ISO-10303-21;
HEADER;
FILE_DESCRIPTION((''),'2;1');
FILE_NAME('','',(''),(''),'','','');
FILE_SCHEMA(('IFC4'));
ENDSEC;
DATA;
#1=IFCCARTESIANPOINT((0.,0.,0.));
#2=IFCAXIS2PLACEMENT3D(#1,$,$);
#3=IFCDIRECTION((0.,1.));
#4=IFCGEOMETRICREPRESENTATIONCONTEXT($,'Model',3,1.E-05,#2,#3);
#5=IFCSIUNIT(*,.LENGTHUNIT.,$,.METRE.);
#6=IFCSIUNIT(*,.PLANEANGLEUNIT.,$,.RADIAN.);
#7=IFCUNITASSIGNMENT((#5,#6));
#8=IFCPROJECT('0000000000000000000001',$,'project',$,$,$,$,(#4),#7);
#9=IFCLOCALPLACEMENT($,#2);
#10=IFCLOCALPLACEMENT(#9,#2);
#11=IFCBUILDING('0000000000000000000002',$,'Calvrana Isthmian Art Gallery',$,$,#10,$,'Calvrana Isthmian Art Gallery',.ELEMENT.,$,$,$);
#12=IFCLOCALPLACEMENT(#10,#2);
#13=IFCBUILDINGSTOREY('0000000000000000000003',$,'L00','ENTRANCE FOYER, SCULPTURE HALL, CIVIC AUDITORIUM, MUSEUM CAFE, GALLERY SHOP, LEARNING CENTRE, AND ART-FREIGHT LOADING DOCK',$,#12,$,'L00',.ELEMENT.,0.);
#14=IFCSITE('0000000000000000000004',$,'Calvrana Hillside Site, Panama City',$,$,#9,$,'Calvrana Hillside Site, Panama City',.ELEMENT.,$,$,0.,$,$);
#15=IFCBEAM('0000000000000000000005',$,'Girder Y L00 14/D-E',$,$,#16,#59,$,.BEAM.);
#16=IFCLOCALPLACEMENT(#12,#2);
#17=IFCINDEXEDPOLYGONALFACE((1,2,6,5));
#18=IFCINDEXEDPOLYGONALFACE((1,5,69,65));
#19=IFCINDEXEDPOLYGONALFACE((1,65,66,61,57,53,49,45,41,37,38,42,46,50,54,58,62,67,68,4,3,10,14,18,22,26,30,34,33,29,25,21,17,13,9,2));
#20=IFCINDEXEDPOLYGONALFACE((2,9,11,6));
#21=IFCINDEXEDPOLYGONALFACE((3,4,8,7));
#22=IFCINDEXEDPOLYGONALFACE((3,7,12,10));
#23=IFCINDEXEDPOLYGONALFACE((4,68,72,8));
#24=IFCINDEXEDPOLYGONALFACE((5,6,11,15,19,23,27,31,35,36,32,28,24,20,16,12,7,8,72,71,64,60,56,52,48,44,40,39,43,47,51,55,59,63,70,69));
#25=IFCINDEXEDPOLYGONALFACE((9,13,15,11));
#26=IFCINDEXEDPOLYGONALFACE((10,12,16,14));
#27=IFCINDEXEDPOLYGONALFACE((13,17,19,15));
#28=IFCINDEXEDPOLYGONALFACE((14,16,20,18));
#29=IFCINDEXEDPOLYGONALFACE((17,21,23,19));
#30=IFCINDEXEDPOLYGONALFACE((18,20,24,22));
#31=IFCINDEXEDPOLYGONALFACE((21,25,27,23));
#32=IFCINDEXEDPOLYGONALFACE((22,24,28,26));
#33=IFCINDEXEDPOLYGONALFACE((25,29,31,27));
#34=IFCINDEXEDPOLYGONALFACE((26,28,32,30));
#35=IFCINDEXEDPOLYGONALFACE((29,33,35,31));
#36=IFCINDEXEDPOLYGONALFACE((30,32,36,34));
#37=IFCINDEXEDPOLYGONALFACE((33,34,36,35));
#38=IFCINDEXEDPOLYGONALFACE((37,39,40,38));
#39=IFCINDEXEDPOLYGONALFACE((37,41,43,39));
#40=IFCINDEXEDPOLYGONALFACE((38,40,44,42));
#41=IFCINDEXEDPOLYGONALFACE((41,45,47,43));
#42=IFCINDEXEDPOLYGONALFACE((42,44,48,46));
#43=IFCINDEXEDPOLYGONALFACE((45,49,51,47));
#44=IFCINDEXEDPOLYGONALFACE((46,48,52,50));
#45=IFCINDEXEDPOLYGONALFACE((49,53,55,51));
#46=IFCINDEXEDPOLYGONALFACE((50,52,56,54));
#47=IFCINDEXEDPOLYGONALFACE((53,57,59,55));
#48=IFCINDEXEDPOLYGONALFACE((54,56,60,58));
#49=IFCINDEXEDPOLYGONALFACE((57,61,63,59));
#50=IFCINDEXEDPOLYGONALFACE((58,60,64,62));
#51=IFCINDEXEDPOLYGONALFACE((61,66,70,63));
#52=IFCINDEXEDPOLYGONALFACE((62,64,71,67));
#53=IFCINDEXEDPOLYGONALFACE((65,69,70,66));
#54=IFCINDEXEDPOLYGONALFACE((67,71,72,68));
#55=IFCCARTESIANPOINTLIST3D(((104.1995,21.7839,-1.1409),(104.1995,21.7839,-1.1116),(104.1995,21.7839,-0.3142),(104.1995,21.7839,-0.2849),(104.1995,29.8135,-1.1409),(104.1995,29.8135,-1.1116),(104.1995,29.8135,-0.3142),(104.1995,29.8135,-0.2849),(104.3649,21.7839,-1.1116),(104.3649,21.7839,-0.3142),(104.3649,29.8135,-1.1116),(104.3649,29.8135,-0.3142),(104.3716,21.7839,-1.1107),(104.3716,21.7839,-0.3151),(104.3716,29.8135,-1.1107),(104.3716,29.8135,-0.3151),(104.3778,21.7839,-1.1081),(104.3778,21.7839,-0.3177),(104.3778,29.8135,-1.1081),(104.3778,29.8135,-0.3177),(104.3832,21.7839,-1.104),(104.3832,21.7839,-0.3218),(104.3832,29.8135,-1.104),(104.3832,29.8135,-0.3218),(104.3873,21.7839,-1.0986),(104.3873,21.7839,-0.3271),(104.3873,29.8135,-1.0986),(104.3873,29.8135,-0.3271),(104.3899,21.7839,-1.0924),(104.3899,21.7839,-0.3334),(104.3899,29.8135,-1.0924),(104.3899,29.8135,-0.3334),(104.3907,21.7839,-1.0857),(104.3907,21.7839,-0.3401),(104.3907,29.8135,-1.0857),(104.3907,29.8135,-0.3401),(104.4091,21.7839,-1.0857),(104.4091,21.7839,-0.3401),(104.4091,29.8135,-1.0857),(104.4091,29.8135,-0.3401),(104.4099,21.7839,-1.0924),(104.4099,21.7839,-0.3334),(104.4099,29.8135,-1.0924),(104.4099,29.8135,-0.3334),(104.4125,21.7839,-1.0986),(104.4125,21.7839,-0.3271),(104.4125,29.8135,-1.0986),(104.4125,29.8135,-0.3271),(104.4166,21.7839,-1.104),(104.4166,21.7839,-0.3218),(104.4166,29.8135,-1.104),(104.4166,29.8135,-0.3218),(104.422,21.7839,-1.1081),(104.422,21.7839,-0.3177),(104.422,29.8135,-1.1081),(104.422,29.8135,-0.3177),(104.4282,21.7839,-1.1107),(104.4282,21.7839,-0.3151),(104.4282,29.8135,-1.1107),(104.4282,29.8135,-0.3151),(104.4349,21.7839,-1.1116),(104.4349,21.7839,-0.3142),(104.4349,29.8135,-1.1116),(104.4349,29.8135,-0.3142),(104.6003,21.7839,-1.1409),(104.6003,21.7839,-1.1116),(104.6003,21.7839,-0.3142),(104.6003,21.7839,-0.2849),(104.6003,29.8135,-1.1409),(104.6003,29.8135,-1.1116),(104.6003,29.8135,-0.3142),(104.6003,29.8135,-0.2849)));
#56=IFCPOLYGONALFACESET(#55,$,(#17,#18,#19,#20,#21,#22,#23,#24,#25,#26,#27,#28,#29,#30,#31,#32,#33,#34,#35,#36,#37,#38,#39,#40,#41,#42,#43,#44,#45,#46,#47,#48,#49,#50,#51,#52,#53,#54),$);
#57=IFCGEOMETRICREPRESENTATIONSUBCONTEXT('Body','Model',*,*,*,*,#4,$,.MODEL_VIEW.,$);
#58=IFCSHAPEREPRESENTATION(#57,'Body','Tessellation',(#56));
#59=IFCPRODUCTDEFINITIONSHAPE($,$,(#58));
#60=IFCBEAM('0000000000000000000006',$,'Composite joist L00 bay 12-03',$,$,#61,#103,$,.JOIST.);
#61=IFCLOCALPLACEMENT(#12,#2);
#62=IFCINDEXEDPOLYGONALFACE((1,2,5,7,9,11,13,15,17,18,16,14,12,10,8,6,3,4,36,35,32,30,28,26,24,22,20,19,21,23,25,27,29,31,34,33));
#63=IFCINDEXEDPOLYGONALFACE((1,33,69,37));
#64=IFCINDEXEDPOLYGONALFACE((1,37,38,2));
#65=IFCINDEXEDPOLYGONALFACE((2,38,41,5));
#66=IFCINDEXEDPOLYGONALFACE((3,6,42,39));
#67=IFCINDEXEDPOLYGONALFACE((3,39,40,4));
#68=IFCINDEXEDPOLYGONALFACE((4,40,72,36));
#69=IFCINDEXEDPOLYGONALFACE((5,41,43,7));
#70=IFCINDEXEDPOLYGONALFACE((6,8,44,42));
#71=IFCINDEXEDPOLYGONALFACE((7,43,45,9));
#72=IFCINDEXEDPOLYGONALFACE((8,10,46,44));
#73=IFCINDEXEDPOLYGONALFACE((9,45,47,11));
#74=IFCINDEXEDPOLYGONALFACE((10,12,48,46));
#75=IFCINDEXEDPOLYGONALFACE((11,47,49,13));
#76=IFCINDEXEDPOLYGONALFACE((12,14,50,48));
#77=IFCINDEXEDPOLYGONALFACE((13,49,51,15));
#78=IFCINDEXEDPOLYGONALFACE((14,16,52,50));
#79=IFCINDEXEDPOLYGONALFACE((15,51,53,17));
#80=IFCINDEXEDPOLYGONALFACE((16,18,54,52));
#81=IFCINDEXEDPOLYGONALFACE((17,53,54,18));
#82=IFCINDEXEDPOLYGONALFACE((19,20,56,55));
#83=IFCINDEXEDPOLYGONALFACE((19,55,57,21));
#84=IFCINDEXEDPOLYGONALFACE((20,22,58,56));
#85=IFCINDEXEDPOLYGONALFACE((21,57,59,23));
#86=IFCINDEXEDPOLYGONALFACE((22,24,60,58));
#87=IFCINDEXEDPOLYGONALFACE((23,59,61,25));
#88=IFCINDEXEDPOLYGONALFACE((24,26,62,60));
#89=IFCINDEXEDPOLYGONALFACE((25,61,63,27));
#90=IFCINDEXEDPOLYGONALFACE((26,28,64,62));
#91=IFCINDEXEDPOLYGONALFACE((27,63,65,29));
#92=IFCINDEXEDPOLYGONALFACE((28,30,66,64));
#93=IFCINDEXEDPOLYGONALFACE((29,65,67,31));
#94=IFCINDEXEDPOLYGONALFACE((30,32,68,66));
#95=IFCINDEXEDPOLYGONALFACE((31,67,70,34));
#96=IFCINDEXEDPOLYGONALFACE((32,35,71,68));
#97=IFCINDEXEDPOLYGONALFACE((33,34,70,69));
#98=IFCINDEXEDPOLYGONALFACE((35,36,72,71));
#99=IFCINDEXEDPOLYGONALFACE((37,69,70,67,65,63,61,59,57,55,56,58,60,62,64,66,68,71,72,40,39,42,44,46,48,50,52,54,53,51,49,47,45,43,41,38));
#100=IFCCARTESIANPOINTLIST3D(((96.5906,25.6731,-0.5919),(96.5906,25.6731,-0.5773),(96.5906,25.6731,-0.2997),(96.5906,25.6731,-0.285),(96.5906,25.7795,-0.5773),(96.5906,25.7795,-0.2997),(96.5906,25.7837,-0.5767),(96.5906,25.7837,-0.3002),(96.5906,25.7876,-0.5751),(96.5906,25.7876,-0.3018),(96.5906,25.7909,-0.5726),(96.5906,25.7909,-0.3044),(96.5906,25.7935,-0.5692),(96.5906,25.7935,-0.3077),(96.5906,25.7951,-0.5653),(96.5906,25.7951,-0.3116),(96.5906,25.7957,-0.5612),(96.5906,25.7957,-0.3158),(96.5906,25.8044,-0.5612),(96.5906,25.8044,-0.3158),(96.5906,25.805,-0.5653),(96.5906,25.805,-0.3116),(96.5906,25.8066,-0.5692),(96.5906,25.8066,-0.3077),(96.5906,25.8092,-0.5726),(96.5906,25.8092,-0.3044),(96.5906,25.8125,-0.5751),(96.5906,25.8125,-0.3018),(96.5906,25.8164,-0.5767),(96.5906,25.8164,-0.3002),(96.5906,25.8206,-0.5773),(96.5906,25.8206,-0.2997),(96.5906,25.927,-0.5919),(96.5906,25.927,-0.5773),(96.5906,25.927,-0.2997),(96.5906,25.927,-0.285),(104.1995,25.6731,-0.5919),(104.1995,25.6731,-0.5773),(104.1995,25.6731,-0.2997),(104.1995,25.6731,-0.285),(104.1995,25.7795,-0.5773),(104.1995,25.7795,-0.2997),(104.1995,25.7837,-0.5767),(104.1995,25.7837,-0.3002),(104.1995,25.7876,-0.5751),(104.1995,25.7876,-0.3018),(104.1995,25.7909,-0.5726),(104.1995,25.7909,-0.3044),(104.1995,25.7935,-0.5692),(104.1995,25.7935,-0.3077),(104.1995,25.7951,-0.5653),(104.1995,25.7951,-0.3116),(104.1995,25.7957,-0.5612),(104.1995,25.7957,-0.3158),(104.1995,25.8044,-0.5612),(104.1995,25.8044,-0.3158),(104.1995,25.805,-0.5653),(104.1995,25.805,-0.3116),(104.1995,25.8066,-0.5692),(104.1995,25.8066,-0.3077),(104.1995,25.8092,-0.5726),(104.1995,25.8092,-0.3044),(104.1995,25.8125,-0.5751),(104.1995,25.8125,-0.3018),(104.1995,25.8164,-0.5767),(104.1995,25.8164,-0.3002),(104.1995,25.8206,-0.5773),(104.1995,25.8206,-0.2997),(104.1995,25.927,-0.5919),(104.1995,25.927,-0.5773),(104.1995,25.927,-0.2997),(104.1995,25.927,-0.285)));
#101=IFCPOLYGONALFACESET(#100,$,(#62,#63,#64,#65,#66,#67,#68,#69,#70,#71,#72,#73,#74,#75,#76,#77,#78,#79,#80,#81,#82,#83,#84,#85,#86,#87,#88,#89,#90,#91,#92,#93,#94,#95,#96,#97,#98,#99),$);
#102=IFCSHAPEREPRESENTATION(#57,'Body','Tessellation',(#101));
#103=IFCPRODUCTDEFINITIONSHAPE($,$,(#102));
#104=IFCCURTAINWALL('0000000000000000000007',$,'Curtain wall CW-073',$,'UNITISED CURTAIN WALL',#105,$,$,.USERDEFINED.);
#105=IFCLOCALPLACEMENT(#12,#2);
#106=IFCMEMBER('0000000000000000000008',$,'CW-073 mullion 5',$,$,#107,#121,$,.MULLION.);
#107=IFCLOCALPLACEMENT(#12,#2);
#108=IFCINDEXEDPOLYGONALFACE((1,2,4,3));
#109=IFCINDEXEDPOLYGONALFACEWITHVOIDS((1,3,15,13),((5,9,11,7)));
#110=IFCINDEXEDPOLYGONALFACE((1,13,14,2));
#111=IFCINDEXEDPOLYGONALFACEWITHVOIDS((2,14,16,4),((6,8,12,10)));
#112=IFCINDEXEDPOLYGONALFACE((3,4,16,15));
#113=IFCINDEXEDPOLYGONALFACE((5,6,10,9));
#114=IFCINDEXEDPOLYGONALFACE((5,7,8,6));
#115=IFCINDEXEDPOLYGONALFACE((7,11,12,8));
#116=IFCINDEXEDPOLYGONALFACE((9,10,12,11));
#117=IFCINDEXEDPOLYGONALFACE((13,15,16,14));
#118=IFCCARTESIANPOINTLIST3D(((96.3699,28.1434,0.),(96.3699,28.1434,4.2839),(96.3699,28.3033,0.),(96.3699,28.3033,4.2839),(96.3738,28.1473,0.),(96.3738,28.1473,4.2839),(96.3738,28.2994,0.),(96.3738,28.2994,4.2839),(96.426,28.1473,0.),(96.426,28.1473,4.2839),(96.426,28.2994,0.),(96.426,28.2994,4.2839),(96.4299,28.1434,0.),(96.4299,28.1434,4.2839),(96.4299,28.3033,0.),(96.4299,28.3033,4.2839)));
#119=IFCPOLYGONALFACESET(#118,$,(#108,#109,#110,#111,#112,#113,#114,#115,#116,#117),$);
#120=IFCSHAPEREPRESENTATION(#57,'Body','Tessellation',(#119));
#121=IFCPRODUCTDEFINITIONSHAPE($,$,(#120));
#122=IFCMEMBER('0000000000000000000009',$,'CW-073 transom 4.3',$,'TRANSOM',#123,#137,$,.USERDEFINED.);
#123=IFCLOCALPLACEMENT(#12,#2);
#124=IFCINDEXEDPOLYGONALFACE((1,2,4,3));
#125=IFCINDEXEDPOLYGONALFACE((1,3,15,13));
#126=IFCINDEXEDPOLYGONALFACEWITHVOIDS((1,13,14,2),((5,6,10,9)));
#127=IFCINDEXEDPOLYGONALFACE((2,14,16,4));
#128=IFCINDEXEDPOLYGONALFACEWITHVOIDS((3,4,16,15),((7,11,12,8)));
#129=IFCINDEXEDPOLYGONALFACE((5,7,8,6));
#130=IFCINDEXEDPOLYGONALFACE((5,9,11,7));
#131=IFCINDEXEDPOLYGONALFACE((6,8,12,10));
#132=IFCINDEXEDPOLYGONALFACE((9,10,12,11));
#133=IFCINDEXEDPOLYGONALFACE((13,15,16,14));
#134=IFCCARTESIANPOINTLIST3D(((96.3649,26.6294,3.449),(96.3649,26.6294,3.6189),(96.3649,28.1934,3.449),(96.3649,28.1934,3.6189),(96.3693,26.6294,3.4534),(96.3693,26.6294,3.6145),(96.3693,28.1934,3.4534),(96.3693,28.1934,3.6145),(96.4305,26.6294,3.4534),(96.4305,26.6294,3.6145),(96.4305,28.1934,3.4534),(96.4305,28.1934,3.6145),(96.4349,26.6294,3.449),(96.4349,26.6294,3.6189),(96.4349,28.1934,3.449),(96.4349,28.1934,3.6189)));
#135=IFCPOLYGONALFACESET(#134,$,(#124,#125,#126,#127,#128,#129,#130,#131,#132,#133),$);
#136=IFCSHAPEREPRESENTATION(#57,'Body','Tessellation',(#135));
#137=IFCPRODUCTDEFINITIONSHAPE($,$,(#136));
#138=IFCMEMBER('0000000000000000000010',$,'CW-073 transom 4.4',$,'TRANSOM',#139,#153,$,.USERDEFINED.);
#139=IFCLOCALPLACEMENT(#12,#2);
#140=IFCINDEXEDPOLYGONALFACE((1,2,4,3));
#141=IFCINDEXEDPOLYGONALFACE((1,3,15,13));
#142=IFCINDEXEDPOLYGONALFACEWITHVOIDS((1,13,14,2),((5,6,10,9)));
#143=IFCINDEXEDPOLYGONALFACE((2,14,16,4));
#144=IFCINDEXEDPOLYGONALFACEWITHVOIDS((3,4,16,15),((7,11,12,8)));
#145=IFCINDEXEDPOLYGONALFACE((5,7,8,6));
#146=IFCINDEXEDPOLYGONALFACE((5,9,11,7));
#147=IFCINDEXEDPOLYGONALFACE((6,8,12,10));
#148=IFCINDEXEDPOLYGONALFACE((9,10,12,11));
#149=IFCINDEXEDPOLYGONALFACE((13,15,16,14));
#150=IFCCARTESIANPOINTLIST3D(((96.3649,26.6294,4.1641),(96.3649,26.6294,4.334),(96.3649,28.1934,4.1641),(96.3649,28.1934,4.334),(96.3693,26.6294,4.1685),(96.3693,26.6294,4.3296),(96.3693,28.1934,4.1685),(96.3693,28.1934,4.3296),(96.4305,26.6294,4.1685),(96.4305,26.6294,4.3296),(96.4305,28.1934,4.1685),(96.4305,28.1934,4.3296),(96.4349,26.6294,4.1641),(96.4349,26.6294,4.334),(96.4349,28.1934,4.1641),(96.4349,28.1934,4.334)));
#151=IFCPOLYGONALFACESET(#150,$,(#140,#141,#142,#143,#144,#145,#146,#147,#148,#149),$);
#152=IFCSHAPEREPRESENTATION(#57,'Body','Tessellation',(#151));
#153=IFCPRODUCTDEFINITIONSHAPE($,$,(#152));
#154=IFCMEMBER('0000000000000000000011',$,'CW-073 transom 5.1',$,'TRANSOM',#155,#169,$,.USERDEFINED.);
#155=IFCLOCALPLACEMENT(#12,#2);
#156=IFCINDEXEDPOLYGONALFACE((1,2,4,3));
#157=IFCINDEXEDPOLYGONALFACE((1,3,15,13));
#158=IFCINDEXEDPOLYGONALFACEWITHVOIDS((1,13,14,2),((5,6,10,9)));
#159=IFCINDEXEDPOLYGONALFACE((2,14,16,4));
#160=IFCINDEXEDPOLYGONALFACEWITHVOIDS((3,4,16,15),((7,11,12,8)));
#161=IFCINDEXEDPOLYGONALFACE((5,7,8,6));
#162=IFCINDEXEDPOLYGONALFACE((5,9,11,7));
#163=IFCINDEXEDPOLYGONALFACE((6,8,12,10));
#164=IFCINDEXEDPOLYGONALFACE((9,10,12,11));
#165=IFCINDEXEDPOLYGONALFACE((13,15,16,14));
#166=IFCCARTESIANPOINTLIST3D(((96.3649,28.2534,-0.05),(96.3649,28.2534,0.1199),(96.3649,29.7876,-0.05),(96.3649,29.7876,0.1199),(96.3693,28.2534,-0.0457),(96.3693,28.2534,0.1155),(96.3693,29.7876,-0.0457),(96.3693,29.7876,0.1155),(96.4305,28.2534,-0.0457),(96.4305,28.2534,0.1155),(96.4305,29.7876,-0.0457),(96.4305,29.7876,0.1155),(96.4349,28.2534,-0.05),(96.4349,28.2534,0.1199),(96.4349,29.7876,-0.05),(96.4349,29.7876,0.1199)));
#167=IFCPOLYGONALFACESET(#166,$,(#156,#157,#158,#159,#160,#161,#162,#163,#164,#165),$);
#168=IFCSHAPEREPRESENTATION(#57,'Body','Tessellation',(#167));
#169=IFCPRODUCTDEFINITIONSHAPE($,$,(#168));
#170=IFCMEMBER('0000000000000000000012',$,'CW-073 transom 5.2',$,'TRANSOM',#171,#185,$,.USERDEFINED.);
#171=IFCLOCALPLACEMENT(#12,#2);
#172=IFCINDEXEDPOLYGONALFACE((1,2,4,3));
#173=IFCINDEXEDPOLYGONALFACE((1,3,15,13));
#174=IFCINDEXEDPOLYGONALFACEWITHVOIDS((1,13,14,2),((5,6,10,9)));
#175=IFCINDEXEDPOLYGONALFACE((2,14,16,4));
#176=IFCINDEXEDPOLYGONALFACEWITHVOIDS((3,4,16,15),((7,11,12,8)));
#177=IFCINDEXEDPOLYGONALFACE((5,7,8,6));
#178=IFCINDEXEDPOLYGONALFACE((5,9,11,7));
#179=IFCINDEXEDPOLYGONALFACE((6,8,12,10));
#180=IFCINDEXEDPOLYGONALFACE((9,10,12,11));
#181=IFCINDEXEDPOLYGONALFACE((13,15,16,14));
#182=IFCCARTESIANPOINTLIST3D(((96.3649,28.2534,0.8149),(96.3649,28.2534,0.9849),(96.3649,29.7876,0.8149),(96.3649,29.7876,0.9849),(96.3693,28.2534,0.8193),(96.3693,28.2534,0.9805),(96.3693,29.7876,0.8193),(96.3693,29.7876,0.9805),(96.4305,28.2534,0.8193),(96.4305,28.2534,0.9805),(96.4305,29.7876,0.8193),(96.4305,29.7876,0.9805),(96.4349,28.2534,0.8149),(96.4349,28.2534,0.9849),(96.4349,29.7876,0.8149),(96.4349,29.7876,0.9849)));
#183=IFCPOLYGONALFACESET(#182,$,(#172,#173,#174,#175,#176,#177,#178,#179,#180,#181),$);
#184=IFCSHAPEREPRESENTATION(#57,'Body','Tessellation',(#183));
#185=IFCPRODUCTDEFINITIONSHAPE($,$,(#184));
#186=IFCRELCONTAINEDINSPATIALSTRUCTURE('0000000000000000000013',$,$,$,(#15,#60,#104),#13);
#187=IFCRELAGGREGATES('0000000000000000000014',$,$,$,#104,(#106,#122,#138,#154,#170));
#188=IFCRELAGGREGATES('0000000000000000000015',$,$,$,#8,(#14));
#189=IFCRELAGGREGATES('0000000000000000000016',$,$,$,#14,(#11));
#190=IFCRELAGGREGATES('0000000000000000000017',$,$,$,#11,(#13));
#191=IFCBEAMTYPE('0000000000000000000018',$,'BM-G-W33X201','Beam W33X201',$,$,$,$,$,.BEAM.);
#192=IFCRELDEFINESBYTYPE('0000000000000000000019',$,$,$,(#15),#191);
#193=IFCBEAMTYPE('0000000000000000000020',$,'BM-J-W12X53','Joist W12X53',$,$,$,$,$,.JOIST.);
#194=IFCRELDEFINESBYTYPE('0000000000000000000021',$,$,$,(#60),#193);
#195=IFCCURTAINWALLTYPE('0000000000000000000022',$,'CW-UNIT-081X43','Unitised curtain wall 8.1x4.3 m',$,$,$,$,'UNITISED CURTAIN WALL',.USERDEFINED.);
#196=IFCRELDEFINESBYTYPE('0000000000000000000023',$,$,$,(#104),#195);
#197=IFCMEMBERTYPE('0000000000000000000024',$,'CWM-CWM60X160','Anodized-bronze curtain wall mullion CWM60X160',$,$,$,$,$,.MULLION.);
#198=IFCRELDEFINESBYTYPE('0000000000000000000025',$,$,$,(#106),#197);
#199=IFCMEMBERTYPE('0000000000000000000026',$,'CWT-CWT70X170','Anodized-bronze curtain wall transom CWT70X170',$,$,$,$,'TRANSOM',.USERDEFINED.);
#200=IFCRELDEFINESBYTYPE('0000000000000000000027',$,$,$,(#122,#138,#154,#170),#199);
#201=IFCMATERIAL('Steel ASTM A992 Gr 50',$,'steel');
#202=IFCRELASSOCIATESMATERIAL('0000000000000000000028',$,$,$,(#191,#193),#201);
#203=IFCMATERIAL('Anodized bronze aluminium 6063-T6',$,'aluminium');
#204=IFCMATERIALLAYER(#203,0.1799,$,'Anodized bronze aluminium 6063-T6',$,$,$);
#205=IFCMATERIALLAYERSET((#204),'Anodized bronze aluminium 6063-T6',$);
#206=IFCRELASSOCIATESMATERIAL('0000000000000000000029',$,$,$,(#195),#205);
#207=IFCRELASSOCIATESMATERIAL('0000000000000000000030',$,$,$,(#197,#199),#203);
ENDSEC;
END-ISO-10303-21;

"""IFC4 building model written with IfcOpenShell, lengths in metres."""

from ifc_helpers import new_model, si_unit, direction, frame, origin, origin_2d, place, context, subcontext, project, spatial, hollow_rectangle, i_section, extrude, material, layer, layer_set, material_profile, profile_set, type_object, element, aggregate, save


model = new_model("IFC4")

# Units and contexts
model_context = context("Model", 3, precision=1e-05, world=origin(), true_north=direction((0.0, 1.0)))
body_context = subcontext(model_context, "Body", "Model", "MODEL_VIEW")
ifc_project = project(units=[si_unit("LENGTHUNIT", "METRE"), si_unit("PLANEANGLEUNIT", "RADIAN")], contexts=[model_context])

# Site, building, storey
site_placement = place(None, origin())
site = spatial("IfcSite", under=ifc_project, at=site_placement, Name="Calvrana Hillside Site, Panama City", LongName="Calvrana Hillside Site, Panama City", CompositionType="ELEMENT", RefElevation=0.0)
building_placement = place(site_placement, origin())
building = spatial("IfcBuilding", under=site, at=building_placement, Name="Calvrana Isthmian Art Gallery", LongName="Calvrana Isthmian Art Gallery", CompositionType="ELEMENT")
storey_placement = place(building_placement, origin())
storey = spatial("IfcBuildingStorey", under=building, at=storey_placement, Name="L00", Description="ENTRANCE FOYER, SCULPTURE HALL, CIVIC AUDITORIUM, MUSEUM CAFE, GALLERY SHOP, LEARNING CENTRE, AND ART-FREIGHT LOADING DOCK", LongName="L00", CompositionType="ELEMENT", Elevation=0.0)

# Beams
ifc_material_1 = material(Name="Steel ASTM A992 Gr 50", Category="steel")
ifc_material_profile_1 = material_profile(ifc_material_1, i_section(OverallWidth=0.4009, OverallDepth=0.856, WebThickness=0.0183, FlangeThickness=0.0293, FilletRadius=0.0259, at=origin_2d()), Name="W33X201")
ifc_profile_set_1 = profile_set([ifc_material_profile_1], Name="Steel ASTM A992 Gr 50")
beam_type_1 = type_object("IfcBeamType", Name="BM-G-W33X201", Description="Beam W33X201", PredefinedType="BEAM", material=ifc_profile_set_1)
beam_1_placement = place(storey_placement, frame((104.3999, 21.7839, -0.7129), z_axis=(0.0, 1.0, 0.0), x_axis=(-1.0, 0.0, 0.0)))
element("IfcBeam", 1, at=beam_1_placement, inside=storey, type_object=beam_type_1, Name="Girder Y L00 14/D-E", PredefinedType="BEAM", context=body_context, shape_type="SweptSolid", body=[
    extrude(i_section(OverallWidth=0.4009, OverallDepth=0.856, WebThickness=0.0183, FlangeThickness=0.0293, FilletRadius=0.0259, at=origin_2d()), origin(), (0.0, 0.0, 1.0), 8.0295),
])
ifc_material_profile_2 = material_profile(ifc_material_1, i_section(OverallWidth=0.2539, OverallDepth=0.3069, WebThickness=0.0088, FlangeThickness=0.0146, FilletRadius=0.0161, at=origin_2d()), Name="W12X53")
ifc_profile_set_2 = profile_set([ifc_material_profile_2], Name="Steel ASTM A992 Gr 50")
beam_type_2 = type_object("IfcBeamType", Name="BM-J-W12X53", Description="Joist W12X53", PredefinedType="JOIST", material=ifc_profile_set_2)
beam_2_placement = place(storey_placement, frame((96.5906, 25.8, -0.4385), z_axis=(1.0, 0.0, 0.0), x_axis=(0.0, 1.0, 0.0)))
element("IfcBeam", 2, at=beam_2_placement, inside=storey, type_object=beam_type_2, Name="Composite joist L00 bay 12-03", PredefinedType="JOIST", context=body_context, shape_type="SweptSolid", body=[
    extrude(i_section(OverallWidth=0.2539, OverallDepth=0.3069, WebThickness=0.0088, FlangeThickness=0.0146, FilletRadius=0.0161, at=origin_2d()), origin(), (0.0, 0.0, 1.0), 7.6089),
])

# Curtain wall, members
ifc_material_2 = material(Name="Anodized bronze aluminium 6063-T6", Category="aluminium")
ifc_layer_1 = layer(ifc_material_2, 0.1799, Name="Anodized bronze aluminium 6063-T6")
ifc_layer_set_1 = layer_set([ifc_layer_1], Name="Anodized bronze aluminium 6063-T6")
curtain_wall_type = type_object("IfcCurtainWallType", Name="CW-UNIT-081X43", Description="Unitised curtain wall 8.1x4.3 m", ElementType="UNITISED CURTAIN WALL", PredefinedType="USERDEFINED", material=ifc_layer_set_1)
curtain_wall_placement = place(storey_placement, origin())
curtain_wall = element("IfcCurtainWall", 3, at=curtain_wall_placement, inside=storey, type_object=curtain_wall_type, Name="Curtain wall CW-073", ObjectType="UNITISED CURTAIN WALL", PredefinedType="USERDEFINED")
ifc_material_profile_3 = material_profile(ifc_material_2, hollow_rectangle(XDim=0.0601, YDim=0.1599, WallThickness=0.0039, at=origin_2d()), Name="CWM60X160")
ifc_profile_set_3 = profile_set([ifc_material_profile_3], Name="Anodized bronze aluminium 6063-T6")
member_type_1 = type_object("IfcMemberType", Name="CWM-CWM60X160", Description="Anodized-bronze curtain wall mullion CWM60X160", PredefinedType="MULLION", material=ifc_profile_set_3)
member_1_placement = place(storey_placement, frame((96.3999, 28.2234, 0.0), z_axis=(0.0, 0.0, 1.0), x_axis=(-1.0, 0.0, 0.0)))
member_1 = element("IfcMember", 4, at=member_1_placement, type_object=member_type_1, Name="CW-073 mullion 5", PredefinedType="MULLION", context=body_context, shape_type="SweptSolid", body=[
    extrude(hollow_rectangle(XDim=0.0601, YDim=0.1599, WallThickness=0.0039, at=origin_2d()), origin(), (0.0, 0.0, 1.0), 4.2839),
])
ifc_material_profile_4 = material_profile(ifc_material_2, hollow_rectangle(XDim=0.0701, YDim=0.1699, WallThickness=0.0044, at=origin_2d()), Name="CWT70X170")
ifc_profile_set_4 = profile_set([ifc_material_profile_4], Name="Anodized bronze aluminium 6063-T6")
member_type_2 = type_object("IfcMemberType", Name="CWT-CWT70X170", Description="Anodized-bronze curtain wall transom CWT70X170", ElementType="TRANSOM", PredefinedType="USERDEFINED", material=ifc_profile_set_4)
member_2_placement = place(storey_placement, frame((96.3999, 26.6294, 3.5339), z_axis=(0.0, 1.0, 0.0), x_axis=(-1.0, 0.0, 0.0)))
member_2 = element("IfcMember", 5, at=member_2_placement, type_object=member_type_2, Name="CW-073 transom 4.3", ObjectType="TRANSOM", PredefinedType="USERDEFINED", context=body_context, shape_type="SweptSolid", body=[
    extrude(hollow_rectangle(XDim=0.0701, YDim=0.1699, WallThickness=0.0044, at=origin_2d()), origin(), (0.0, 0.0, 1.0), 1.564),
])
member_3_placement = place(storey_placement, frame((96.3999, 26.6294, 4.249), z_axis=(0.0, 1.0, 0.0), x_axis=(-1.0, 0.0, 0.0)))
member_3 = element("IfcMember", 6, at=member_3_placement, type_object=member_type_2, Name="CW-073 transom 4.4", ObjectType="TRANSOM", PredefinedType="USERDEFINED", context=body_context, shape_type="SweptSolid", body=[
    extrude(hollow_rectangle(XDim=0.0701, YDim=0.1699, WallThickness=0.0044, at=origin_2d()), origin(), (0.0, 0.0, 1.0), 1.564),
])
member_4_placement = place(storey_placement, frame((96.3999, 28.2534, 0.0349), z_axis=(0.0, 1.0, 0.0), x_axis=(-1.0, 0.0, 0.0)))
member_4 = element("IfcMember", 7, at=member_4_placement, type_object=member_type_2, Name="CW-073 transom 5.1", ObjectType="TRANSOM", PredefinedType="USERDEFINED", context=body_context, shape_type="SweptSolid", body=[
    extrude(hollow_rectangle(XDim=0.0701, YDim=0.1699, WallThickness=0.0044, at=origin_2d()), origin(), (0.0, 0.0, 1.0), 1.5342),
])
member_5_placement = place(storey_placement, frame((96.3999, 28.2534, 0.8999), z_axis=(0.0, 1.0, 0.0), x_axis=(-1.0, 0.0, 0.0)))
member_5 = element("IfcMember", 8, at=member_5_placement, type_object=member_type_2, Name="CW-073 transom 5.2", ObjectType="TRANSOM", PredefinedType="USERDEFINED", context=body_context, shape_type="SweptSolid", body=[
    extrude(hollow_rectangle(XDim=0.0701, YDim=0.1699, WallThickness=0.0044, at=origin_2d()), origin(), (0.0, 0.0, 1.0), 1.5342),
])
aggregate(curtain_wall, [member_1, member_2, member_3, member_4, member_5])

save(model, "model.ifc")
